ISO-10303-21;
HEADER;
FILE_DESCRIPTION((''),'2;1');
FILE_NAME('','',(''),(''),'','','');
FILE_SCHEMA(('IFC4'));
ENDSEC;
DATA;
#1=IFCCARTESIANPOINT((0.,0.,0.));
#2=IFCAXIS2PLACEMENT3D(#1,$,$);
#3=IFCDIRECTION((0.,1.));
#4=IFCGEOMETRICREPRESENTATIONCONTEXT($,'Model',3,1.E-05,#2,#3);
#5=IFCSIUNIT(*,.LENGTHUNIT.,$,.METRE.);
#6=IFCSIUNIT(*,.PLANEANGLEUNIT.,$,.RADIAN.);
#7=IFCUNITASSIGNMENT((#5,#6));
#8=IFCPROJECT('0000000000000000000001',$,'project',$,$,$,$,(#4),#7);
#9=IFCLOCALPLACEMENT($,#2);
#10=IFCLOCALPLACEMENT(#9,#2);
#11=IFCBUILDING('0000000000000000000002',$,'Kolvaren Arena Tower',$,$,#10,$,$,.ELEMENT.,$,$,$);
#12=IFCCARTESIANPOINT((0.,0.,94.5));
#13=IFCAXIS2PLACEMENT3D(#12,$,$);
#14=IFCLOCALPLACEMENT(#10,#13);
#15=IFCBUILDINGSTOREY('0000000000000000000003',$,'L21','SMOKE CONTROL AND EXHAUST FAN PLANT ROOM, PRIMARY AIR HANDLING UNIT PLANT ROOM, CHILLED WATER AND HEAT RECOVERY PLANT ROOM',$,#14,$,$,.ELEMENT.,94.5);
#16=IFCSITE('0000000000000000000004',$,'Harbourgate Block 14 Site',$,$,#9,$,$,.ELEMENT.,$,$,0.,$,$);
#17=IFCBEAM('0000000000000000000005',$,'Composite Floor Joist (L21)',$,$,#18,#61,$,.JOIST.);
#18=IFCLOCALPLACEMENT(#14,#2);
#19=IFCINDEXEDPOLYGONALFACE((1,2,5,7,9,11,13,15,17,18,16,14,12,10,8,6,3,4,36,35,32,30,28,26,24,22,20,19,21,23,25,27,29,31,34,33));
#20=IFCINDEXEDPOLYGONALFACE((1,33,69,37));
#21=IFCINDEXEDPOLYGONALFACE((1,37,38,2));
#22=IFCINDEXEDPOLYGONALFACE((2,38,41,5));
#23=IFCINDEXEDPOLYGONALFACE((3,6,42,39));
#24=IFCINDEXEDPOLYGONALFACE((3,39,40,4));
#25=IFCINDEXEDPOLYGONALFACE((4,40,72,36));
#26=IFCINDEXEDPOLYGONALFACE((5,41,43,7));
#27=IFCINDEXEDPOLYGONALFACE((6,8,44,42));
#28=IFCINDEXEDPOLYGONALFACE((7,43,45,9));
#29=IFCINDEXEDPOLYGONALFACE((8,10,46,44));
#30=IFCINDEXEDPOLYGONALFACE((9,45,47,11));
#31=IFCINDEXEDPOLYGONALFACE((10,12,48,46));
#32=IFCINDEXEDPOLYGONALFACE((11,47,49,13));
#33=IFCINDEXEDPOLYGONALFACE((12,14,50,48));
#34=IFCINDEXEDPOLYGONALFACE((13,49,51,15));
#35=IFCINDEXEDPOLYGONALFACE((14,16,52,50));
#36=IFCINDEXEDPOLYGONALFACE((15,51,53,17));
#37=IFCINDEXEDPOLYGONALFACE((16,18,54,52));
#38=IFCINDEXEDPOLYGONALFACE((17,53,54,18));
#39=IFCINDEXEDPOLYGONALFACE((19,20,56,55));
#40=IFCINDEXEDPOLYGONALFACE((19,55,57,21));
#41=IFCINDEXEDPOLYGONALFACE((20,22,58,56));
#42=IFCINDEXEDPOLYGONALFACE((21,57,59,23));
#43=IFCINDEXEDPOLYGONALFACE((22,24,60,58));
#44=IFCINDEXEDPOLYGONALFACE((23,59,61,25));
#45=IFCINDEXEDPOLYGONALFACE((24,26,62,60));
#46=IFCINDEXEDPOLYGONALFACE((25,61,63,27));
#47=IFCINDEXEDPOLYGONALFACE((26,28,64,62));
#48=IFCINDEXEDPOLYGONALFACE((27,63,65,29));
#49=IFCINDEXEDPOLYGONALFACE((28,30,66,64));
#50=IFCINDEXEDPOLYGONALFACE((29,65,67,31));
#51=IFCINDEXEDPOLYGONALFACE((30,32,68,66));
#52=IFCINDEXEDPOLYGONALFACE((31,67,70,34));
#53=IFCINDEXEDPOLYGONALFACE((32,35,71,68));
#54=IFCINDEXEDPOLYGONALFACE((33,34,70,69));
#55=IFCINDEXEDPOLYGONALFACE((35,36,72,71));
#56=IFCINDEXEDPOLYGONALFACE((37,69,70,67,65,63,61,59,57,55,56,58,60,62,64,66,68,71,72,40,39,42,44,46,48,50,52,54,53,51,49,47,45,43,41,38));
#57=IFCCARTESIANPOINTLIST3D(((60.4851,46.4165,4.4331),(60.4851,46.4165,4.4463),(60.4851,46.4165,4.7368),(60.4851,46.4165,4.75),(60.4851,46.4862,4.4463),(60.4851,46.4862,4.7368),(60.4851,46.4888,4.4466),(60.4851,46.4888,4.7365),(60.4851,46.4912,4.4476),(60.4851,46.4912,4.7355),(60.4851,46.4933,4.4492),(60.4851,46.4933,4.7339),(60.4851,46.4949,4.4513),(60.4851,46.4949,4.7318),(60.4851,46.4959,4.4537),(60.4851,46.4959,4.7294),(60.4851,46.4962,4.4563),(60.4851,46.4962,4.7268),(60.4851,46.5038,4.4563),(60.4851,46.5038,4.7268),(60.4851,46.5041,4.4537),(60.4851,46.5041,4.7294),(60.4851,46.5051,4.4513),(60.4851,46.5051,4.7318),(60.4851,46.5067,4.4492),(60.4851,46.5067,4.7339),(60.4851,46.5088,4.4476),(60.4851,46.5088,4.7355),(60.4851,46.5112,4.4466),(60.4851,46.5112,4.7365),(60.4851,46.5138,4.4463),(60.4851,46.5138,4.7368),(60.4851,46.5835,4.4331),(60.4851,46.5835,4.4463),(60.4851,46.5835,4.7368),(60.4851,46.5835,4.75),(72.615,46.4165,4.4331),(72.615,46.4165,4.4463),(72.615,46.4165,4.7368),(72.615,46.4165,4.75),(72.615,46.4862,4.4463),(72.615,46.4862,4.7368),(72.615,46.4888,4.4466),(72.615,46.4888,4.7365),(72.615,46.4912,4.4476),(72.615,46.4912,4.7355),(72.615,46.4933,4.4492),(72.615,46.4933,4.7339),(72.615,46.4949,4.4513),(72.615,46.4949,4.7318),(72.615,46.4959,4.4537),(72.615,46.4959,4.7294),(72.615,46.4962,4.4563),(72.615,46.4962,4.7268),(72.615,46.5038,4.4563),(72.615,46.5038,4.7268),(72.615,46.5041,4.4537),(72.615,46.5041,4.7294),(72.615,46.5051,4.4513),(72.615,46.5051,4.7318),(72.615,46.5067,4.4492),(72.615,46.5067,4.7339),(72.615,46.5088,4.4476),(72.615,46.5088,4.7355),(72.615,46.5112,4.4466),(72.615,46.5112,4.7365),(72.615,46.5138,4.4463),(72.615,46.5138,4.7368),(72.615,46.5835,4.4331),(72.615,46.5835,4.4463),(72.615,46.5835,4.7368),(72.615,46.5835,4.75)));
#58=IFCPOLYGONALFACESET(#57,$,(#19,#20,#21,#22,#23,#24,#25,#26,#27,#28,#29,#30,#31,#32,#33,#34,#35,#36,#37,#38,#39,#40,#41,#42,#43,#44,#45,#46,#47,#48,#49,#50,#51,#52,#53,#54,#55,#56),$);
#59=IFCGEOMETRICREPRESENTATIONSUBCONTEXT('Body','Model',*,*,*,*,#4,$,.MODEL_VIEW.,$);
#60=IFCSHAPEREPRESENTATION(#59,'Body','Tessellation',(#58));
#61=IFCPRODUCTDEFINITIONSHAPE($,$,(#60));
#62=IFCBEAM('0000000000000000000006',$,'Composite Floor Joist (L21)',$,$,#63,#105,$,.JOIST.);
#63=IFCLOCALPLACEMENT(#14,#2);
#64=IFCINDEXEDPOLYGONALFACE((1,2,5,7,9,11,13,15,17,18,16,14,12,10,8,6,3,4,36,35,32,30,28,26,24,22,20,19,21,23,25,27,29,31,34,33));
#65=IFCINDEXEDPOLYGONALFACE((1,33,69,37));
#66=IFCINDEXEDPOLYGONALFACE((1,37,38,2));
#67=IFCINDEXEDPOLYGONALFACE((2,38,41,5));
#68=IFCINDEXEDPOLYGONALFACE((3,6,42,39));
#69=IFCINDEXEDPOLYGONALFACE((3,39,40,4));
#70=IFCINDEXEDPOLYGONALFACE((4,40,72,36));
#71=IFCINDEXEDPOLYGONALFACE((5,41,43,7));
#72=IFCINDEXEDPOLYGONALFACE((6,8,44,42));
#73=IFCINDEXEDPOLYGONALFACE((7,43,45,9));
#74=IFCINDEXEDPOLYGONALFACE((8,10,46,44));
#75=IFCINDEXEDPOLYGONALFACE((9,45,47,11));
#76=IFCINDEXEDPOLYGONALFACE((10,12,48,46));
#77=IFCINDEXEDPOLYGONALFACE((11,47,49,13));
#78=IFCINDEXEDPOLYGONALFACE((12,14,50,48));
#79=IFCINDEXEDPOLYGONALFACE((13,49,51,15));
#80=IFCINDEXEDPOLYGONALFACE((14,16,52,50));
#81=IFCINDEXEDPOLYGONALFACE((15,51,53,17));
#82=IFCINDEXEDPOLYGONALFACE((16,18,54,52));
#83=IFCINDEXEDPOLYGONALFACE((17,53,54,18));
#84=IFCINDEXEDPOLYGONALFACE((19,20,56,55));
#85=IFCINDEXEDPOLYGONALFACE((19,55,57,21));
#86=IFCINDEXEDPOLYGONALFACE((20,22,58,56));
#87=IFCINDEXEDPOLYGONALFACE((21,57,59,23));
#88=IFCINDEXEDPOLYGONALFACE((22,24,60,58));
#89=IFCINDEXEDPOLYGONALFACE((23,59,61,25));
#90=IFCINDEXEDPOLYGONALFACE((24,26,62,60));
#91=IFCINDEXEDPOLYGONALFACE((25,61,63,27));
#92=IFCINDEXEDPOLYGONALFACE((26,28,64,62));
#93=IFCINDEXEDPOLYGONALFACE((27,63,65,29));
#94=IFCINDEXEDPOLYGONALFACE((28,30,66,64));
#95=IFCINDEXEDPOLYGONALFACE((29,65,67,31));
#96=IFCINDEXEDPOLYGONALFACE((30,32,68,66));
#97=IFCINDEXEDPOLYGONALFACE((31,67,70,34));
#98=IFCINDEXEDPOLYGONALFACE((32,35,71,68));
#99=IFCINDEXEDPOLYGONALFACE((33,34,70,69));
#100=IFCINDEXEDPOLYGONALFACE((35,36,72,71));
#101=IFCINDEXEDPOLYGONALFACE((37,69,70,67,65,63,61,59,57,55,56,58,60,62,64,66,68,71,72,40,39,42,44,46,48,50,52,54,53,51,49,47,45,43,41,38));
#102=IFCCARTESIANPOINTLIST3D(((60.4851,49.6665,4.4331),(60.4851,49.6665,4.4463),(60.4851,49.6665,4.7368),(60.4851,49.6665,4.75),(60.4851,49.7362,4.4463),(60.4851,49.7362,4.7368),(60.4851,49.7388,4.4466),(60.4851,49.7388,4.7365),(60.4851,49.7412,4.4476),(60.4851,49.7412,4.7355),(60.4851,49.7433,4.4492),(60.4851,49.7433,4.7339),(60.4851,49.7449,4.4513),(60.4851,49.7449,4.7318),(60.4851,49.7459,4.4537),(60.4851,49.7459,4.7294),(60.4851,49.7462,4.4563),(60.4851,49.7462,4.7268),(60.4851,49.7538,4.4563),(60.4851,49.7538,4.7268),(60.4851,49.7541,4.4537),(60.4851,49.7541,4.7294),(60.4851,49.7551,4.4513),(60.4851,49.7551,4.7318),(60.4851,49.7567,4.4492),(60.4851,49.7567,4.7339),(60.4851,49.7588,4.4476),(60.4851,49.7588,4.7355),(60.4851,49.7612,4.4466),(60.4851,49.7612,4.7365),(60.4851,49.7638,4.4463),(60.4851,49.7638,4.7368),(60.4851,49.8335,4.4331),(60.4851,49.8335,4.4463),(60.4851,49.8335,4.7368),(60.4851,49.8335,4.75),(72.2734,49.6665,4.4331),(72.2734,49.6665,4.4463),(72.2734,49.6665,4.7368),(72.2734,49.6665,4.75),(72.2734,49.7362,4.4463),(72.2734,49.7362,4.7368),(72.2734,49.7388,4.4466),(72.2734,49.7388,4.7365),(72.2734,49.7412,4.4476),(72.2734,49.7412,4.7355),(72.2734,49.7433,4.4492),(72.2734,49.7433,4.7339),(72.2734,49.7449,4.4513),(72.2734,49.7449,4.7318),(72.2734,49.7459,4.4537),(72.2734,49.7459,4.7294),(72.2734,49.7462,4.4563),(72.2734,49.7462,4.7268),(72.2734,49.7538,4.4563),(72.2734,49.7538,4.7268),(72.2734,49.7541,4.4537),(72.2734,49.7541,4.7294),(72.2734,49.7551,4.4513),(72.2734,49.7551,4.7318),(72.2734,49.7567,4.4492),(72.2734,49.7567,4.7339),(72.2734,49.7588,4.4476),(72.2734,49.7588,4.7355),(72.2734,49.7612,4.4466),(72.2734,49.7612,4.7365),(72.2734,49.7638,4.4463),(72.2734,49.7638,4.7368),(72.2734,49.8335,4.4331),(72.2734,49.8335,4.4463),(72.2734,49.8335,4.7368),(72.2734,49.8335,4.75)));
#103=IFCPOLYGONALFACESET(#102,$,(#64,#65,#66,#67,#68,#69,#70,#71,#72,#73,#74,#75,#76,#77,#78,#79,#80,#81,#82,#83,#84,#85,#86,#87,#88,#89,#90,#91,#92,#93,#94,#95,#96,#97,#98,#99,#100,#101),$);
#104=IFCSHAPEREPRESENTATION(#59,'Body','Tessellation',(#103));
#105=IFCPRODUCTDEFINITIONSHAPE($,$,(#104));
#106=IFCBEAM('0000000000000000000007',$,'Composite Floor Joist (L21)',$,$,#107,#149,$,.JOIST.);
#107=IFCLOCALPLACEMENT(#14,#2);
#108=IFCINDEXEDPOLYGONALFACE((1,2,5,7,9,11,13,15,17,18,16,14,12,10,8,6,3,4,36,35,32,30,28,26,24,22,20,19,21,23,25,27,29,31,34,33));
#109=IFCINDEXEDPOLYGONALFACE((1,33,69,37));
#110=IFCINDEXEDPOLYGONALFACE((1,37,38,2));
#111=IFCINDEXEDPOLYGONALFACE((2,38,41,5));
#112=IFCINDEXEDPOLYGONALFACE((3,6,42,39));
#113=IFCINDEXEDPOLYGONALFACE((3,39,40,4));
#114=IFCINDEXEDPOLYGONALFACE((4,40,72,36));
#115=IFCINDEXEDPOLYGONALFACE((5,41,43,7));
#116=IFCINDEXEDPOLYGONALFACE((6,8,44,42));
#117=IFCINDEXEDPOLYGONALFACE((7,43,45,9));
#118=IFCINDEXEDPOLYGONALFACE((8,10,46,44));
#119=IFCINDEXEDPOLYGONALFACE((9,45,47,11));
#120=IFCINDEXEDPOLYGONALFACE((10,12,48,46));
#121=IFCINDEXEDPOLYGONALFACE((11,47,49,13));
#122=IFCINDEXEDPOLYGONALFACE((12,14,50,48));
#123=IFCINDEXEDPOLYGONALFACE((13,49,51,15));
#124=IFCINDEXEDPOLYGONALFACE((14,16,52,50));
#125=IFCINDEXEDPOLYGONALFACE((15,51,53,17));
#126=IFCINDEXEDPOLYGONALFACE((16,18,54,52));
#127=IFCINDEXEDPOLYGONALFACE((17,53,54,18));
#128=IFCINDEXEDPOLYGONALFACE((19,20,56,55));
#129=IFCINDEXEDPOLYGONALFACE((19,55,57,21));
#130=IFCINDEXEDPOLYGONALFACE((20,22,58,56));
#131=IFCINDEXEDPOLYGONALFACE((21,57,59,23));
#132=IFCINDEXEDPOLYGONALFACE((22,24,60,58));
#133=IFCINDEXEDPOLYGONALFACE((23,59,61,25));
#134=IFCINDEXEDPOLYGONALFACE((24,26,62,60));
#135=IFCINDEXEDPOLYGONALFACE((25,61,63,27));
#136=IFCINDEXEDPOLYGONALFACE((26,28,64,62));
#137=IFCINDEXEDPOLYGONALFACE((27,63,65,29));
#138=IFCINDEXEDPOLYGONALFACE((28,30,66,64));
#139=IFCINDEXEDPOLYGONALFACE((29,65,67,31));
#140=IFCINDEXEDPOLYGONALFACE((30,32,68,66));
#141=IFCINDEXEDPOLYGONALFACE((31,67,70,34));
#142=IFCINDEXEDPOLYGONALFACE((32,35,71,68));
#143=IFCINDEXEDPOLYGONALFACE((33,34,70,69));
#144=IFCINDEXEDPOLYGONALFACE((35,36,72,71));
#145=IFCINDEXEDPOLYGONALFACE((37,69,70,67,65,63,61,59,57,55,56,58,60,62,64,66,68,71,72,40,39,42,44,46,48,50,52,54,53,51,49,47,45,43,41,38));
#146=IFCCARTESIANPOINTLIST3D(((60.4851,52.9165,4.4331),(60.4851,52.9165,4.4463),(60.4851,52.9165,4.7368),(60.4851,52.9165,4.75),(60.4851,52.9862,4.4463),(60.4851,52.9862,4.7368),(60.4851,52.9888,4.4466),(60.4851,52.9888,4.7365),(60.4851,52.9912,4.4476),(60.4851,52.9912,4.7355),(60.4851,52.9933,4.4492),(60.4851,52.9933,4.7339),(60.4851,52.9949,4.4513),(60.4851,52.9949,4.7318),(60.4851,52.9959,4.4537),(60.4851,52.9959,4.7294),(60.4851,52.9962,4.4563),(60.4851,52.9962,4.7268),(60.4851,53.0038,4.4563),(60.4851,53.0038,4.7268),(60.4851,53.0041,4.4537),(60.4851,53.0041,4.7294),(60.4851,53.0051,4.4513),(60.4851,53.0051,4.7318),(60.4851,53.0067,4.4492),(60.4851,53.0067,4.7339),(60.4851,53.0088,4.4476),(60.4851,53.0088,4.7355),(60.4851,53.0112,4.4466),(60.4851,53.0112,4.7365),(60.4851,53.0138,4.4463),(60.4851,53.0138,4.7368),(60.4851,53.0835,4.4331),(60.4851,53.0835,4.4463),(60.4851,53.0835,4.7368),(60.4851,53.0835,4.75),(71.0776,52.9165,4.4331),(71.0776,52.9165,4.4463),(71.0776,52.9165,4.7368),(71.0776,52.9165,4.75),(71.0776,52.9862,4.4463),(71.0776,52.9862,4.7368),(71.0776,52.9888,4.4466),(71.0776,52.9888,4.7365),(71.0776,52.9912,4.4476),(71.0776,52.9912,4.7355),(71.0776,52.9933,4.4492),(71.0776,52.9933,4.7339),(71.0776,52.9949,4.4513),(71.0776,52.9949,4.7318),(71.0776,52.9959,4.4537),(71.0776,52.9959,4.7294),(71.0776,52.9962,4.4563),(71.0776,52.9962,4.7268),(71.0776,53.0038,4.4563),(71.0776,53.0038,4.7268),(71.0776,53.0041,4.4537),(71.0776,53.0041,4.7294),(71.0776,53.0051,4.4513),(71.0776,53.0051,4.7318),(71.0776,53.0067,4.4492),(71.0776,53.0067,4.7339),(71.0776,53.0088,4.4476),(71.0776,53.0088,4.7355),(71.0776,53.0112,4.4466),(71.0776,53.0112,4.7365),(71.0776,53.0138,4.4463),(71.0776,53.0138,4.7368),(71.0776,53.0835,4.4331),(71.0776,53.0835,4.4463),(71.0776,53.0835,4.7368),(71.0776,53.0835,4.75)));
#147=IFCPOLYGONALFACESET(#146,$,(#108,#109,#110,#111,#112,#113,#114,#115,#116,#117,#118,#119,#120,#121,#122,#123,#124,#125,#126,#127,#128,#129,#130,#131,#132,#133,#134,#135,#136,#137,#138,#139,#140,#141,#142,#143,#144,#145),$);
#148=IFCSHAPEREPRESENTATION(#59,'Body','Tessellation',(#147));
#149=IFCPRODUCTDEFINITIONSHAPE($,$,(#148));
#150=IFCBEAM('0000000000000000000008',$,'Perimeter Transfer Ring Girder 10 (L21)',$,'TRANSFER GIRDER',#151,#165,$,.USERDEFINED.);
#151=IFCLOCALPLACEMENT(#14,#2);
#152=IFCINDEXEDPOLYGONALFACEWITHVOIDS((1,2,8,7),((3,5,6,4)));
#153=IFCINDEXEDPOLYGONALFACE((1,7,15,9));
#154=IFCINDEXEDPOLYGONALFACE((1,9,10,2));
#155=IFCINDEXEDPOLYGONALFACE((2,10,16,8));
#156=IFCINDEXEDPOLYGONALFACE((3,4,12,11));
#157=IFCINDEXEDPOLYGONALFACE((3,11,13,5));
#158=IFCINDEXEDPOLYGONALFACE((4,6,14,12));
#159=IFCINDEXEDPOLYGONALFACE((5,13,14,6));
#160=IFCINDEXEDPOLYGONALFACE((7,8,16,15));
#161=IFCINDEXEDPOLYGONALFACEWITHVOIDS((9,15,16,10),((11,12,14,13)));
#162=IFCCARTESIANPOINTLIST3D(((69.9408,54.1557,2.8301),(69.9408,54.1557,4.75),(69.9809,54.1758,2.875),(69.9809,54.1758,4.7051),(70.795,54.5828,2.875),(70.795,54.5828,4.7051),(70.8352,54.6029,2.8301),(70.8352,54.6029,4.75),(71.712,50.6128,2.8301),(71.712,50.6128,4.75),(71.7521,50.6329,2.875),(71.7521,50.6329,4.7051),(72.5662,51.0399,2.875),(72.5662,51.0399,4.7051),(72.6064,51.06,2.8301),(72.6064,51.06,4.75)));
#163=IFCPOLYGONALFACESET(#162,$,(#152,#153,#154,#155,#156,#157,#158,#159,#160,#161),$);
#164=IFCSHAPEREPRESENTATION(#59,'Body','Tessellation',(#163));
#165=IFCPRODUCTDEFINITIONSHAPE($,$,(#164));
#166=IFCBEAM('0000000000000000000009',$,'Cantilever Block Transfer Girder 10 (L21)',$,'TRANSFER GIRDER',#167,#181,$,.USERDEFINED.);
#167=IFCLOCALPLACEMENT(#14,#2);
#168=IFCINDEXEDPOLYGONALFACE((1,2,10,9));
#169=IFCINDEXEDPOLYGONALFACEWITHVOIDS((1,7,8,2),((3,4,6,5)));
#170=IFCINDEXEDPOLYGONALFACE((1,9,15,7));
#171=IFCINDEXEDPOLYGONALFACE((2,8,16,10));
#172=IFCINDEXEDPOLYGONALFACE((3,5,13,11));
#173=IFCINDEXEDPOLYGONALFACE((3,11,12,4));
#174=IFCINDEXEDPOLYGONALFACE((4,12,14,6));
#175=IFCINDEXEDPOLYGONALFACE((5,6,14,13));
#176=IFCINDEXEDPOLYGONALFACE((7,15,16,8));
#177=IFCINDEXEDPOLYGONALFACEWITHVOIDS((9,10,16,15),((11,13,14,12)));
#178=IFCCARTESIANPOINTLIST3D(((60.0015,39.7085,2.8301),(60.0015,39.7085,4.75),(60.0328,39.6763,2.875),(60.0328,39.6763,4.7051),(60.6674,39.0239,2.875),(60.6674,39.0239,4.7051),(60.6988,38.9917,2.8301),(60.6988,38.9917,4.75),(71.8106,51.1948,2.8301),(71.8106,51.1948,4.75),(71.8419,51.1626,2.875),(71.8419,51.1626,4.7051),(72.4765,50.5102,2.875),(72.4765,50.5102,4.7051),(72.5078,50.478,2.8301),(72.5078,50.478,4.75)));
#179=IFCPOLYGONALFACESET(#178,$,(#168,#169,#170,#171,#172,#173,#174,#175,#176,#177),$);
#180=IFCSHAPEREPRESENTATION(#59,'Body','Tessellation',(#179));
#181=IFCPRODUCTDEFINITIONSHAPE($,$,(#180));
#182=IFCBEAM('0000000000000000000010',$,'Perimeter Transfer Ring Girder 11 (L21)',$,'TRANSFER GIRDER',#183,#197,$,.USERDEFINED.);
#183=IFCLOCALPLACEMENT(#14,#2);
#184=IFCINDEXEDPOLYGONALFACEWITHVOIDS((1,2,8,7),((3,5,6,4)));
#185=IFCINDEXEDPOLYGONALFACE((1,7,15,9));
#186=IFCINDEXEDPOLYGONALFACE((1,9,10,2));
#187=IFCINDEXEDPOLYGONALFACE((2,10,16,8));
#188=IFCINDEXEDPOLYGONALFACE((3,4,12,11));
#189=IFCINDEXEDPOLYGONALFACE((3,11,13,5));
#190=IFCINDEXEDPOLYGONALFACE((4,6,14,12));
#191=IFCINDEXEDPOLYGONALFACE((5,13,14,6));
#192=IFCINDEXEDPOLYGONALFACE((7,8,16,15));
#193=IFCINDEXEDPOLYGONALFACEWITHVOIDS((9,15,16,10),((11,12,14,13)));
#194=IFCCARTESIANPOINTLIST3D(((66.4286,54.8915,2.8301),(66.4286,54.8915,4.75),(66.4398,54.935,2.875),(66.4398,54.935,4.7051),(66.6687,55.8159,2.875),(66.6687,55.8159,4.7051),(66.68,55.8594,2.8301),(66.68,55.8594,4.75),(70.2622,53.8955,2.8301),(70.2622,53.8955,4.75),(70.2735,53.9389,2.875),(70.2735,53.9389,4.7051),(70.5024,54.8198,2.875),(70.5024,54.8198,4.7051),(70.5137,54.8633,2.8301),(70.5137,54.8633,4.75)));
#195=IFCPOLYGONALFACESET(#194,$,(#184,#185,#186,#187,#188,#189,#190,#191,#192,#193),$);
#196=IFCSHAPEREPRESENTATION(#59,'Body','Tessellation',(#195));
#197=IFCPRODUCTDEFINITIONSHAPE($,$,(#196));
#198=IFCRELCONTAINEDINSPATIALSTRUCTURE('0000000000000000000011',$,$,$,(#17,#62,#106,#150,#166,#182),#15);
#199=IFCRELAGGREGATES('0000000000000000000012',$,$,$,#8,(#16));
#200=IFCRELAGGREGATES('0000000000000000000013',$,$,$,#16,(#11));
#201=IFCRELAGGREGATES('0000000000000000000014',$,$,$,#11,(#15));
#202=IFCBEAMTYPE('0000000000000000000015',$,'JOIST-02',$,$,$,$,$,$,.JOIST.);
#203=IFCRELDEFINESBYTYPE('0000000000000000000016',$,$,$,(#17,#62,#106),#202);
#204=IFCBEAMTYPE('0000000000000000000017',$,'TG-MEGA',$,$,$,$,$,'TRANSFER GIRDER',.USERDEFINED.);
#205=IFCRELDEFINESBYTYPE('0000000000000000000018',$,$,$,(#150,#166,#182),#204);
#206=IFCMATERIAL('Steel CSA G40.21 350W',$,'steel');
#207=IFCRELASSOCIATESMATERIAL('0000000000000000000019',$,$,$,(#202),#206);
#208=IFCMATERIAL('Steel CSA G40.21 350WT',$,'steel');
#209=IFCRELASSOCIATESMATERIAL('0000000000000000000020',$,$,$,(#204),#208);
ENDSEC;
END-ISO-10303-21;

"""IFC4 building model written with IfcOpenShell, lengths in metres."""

from ifc_helpers import new_model, si_unit, direction, frame, origin, origin_2d, place, context, subcontext, project, spatial, hollow_rectangle, i_section, extrude, material, material_profile, profile_set, type_object, element, save


model = new_model("IFC4")

# Units and contexts
model_context = context("Model", 3, precision=1e-05, world=origin(), true_north=direction((0.0, 1.0)))
body_context = subcontext(model_context, "Body", "Model", "MODEL_VIEW")
ifc_project = project(units=[si_unit("LENGTHUNIT", "METRE"), si_unit("PLANEANGLEUNIT", "RADIAN")], contexts=[model_context])

# Site, building, storey
site_placement = place(None, origin())
site = spatial("IfcSite", under=ifc_project, at=site_placement, Name="Harbourgate Block 14 Site", CompositionType="ELEMENT", RefElevation=0.0)
building_placement = place(site_placement, origin())
building = spatial("IfcBuilding", under=site, at=building_placement, Name="Kolvaren Arena Tower", CompositionType="ELEMENT")
storey_placement = place(building_placement, frame((0.0, 0.0, 94.5)))
storey = spatial("IfcBuildingStorey", under=building, at=storey_placement, Name="L21", Description="SMOKE CONTROL AND EXHAUST FAN PLANT ROOM, PRIMARY AIR HANDLING UNIT PLANT ROOM, CHILLED WATER AND HEAT RECOVERY PLANT ROOM", CompositionType="ELEMENT", Elevation=94.5)

# Shared definitions
ifc_material_1 = material(Name="Steel CSA G40.21 350W", Category="steel")

# Shared definitions
ifc_material_2 = material(Name="Steel CSA G40.21 350WT", Category="steel")

# Beams
ifc_material_profile_1 = material_profile(ifc_material_1, i_section(OverallWidth=0.167, OverallDepth=0.3169, WebThickness=0.0076, FlangeThickness=0.0132, FilletRadius=0.01, at=origin_2d()), Name="W310x52")
ifc_profile_set_1 = profile_set([ifc_material_profile_1], Name="Steel CSA G40.21 350W")
beam_type_1 = type_object("IfcBeamType", Name="JOIST-02", PredefinedType="JOIST", material=ifc_profile_set_1)
beam_1_placement = place(storey_placement, frame((60.4851, 46.5, 4.5916), z_axis=(1.0, 0.0, 0.0), x_axis=(0.0, 1.0, 0.0)))
element("IfcBeam", 1, at=beam_1_placement, inside=storey, type_object=beam_type_1, Name="Composite Floor Joist (L21)", PredefinedType="JOIST", context=body_context, shape_type="SweptSolid", body=[
    extrude(i_section(OverallWidth=0.167, OverallDepth=0.3169, WebThickness=0.0076, FlangeThickness=0.0132, FilletRadius=0.01, at=origin_2d()), origin(), (0.0, 0.0, 1.0), 12.1299),
])
beam_2_placement = place(storey_placement, frame((60.4851, 49.75, 4.5916), z_axis=(1.0, 0.0, 0.0), x_axis=(0.0, 1.0, 0.0)))
element("IfcBeam", 2, at=beam_2_placement, inside=storey, type_object=beam_type_1, Name="Composite Floor Joist (L21)", PredefinedType="JOIST", context=body_context, shape_type="SweptSolid", body=[
    extrude(i_section(OverallWidth=0.167, OverallDepth=0.3169, WebThickness=0.0076, FlangeThickness=0.0132, FilletRadius=0.01, at=origin_2d()), origin(), (0.0, 0.0, 1.0), 11.7883),
])
beam_3_placement = place(storey_placement, frame((60.4851, 53.0, 4.5916), z_axis=(1.0, 0.0, 0.0), x_axis=(0.0, 1.0, 0.0)))
element("IfcBeam", 3, at=beam_3_placement, inside=storey, type_object=beam_type_1, Name="Composite Floor Joist (L21)", PredefinedType="JOIST", context=body_context, shape_type="SweptSolid", body=[
    extrude(i_section(OverallWidth=0.167, OverallDepth=0.3169, WebThickness=0.0076, FlangeThickness=0.0132, FilletRadius=0.01, at=origin_2d()), origin(), (0.0, 0.0, 1.0), 10.5925),
])
ifc_material_profile_2 = material_profile(ifc_material_2, hollow_rectangle(XDim=1.0, YDim=1.9199, WallThickness=0.0449, at=origin_2d()), Name="BOX 1000x1920x45")
ifc_profile_set_2 = profile_set([ifc_material_profile_2], Name="Steel CSA G40.21 350WT")
beam_type_2 = type_object("IfcBeamType", Name="TG-MEGA", ElementType="TRANSFER GIRDER", PredefinedType="USERDEFINED", material=ifc_profile_set_2)
beam_4_placement = place(storey_placement, frame((72.1592, 50.8364, 3.79), z_axis=(-0.447164, 0.894452, 0.0), x_axis=(-0.894452, -0.447164, 0.0)))
element("IfcBeam", 4, at=beam_4_placement, inside=storey, type_object=beam_type_2, Name="Perimeter Transfer Ring Girder 10 (L21)", ObjectType="TRANSFER GIRDER", PredefinedType="USERDEFINED", context=body_context, shape_type="SweptSolid", body=[
    extrude(hollow_rectangle(XDim=1.0, YDim=1.9199, WallThickness=0.0449, at=origin_2d()), origin(), (0.0, 0.0, 1.0), 3.9609),
])
beam_5_placement = place(storey_placement, frame((72.1592, 50.8364, 3.79), z_axis=(-0.716835, -0.697243, 0.0), x_axis=(0.697243, -0.716835, 0.0)))
element("IfcBeam", 5, at=beam_5_placement, inside=storey, type_object=beam_type_2, Name="Cantilever Block Transfer Girder 10 (L21)", ObjectType="TRANSFER GIRDER", PredefinedType="USERDEFINED", context=body_context, shape_type="SweptSolid", body=[
    extrude(hollow_rectangle(XDim=1.0, YDim=1.9199, WallThickness=0.0449, at=origin_2d()), origin(), (0.0, 0.0, 1.0), 16.4739),
])
beam_6_placement = place(storey_placement, frame((70.3879, 54.3794, 3.79), z_axis=(-0.967864, 0.251473, 0.0), x_axis=(-0.251473, -0.967864, 0.0)))
element("IfcBeam", 6, at=beam_6_placement, inside=storey, type_object=beam_type_2, Name="Perimeter Transfer Ring Girder 11 (L21)", ObjectType="TRANSFER GIRDER", PredefinedType="USERDEFINED", context=body_context, shape_type="SweptSolid", body=[
    extrude(hollow_rectangle(XDim=1.0, YDim=1.9199, WallThickness=0.0449, at=origin_2d()), origin(), (0.0, 0.0, 1.0), 3.9609),
])

save(model, "model.ifc")
